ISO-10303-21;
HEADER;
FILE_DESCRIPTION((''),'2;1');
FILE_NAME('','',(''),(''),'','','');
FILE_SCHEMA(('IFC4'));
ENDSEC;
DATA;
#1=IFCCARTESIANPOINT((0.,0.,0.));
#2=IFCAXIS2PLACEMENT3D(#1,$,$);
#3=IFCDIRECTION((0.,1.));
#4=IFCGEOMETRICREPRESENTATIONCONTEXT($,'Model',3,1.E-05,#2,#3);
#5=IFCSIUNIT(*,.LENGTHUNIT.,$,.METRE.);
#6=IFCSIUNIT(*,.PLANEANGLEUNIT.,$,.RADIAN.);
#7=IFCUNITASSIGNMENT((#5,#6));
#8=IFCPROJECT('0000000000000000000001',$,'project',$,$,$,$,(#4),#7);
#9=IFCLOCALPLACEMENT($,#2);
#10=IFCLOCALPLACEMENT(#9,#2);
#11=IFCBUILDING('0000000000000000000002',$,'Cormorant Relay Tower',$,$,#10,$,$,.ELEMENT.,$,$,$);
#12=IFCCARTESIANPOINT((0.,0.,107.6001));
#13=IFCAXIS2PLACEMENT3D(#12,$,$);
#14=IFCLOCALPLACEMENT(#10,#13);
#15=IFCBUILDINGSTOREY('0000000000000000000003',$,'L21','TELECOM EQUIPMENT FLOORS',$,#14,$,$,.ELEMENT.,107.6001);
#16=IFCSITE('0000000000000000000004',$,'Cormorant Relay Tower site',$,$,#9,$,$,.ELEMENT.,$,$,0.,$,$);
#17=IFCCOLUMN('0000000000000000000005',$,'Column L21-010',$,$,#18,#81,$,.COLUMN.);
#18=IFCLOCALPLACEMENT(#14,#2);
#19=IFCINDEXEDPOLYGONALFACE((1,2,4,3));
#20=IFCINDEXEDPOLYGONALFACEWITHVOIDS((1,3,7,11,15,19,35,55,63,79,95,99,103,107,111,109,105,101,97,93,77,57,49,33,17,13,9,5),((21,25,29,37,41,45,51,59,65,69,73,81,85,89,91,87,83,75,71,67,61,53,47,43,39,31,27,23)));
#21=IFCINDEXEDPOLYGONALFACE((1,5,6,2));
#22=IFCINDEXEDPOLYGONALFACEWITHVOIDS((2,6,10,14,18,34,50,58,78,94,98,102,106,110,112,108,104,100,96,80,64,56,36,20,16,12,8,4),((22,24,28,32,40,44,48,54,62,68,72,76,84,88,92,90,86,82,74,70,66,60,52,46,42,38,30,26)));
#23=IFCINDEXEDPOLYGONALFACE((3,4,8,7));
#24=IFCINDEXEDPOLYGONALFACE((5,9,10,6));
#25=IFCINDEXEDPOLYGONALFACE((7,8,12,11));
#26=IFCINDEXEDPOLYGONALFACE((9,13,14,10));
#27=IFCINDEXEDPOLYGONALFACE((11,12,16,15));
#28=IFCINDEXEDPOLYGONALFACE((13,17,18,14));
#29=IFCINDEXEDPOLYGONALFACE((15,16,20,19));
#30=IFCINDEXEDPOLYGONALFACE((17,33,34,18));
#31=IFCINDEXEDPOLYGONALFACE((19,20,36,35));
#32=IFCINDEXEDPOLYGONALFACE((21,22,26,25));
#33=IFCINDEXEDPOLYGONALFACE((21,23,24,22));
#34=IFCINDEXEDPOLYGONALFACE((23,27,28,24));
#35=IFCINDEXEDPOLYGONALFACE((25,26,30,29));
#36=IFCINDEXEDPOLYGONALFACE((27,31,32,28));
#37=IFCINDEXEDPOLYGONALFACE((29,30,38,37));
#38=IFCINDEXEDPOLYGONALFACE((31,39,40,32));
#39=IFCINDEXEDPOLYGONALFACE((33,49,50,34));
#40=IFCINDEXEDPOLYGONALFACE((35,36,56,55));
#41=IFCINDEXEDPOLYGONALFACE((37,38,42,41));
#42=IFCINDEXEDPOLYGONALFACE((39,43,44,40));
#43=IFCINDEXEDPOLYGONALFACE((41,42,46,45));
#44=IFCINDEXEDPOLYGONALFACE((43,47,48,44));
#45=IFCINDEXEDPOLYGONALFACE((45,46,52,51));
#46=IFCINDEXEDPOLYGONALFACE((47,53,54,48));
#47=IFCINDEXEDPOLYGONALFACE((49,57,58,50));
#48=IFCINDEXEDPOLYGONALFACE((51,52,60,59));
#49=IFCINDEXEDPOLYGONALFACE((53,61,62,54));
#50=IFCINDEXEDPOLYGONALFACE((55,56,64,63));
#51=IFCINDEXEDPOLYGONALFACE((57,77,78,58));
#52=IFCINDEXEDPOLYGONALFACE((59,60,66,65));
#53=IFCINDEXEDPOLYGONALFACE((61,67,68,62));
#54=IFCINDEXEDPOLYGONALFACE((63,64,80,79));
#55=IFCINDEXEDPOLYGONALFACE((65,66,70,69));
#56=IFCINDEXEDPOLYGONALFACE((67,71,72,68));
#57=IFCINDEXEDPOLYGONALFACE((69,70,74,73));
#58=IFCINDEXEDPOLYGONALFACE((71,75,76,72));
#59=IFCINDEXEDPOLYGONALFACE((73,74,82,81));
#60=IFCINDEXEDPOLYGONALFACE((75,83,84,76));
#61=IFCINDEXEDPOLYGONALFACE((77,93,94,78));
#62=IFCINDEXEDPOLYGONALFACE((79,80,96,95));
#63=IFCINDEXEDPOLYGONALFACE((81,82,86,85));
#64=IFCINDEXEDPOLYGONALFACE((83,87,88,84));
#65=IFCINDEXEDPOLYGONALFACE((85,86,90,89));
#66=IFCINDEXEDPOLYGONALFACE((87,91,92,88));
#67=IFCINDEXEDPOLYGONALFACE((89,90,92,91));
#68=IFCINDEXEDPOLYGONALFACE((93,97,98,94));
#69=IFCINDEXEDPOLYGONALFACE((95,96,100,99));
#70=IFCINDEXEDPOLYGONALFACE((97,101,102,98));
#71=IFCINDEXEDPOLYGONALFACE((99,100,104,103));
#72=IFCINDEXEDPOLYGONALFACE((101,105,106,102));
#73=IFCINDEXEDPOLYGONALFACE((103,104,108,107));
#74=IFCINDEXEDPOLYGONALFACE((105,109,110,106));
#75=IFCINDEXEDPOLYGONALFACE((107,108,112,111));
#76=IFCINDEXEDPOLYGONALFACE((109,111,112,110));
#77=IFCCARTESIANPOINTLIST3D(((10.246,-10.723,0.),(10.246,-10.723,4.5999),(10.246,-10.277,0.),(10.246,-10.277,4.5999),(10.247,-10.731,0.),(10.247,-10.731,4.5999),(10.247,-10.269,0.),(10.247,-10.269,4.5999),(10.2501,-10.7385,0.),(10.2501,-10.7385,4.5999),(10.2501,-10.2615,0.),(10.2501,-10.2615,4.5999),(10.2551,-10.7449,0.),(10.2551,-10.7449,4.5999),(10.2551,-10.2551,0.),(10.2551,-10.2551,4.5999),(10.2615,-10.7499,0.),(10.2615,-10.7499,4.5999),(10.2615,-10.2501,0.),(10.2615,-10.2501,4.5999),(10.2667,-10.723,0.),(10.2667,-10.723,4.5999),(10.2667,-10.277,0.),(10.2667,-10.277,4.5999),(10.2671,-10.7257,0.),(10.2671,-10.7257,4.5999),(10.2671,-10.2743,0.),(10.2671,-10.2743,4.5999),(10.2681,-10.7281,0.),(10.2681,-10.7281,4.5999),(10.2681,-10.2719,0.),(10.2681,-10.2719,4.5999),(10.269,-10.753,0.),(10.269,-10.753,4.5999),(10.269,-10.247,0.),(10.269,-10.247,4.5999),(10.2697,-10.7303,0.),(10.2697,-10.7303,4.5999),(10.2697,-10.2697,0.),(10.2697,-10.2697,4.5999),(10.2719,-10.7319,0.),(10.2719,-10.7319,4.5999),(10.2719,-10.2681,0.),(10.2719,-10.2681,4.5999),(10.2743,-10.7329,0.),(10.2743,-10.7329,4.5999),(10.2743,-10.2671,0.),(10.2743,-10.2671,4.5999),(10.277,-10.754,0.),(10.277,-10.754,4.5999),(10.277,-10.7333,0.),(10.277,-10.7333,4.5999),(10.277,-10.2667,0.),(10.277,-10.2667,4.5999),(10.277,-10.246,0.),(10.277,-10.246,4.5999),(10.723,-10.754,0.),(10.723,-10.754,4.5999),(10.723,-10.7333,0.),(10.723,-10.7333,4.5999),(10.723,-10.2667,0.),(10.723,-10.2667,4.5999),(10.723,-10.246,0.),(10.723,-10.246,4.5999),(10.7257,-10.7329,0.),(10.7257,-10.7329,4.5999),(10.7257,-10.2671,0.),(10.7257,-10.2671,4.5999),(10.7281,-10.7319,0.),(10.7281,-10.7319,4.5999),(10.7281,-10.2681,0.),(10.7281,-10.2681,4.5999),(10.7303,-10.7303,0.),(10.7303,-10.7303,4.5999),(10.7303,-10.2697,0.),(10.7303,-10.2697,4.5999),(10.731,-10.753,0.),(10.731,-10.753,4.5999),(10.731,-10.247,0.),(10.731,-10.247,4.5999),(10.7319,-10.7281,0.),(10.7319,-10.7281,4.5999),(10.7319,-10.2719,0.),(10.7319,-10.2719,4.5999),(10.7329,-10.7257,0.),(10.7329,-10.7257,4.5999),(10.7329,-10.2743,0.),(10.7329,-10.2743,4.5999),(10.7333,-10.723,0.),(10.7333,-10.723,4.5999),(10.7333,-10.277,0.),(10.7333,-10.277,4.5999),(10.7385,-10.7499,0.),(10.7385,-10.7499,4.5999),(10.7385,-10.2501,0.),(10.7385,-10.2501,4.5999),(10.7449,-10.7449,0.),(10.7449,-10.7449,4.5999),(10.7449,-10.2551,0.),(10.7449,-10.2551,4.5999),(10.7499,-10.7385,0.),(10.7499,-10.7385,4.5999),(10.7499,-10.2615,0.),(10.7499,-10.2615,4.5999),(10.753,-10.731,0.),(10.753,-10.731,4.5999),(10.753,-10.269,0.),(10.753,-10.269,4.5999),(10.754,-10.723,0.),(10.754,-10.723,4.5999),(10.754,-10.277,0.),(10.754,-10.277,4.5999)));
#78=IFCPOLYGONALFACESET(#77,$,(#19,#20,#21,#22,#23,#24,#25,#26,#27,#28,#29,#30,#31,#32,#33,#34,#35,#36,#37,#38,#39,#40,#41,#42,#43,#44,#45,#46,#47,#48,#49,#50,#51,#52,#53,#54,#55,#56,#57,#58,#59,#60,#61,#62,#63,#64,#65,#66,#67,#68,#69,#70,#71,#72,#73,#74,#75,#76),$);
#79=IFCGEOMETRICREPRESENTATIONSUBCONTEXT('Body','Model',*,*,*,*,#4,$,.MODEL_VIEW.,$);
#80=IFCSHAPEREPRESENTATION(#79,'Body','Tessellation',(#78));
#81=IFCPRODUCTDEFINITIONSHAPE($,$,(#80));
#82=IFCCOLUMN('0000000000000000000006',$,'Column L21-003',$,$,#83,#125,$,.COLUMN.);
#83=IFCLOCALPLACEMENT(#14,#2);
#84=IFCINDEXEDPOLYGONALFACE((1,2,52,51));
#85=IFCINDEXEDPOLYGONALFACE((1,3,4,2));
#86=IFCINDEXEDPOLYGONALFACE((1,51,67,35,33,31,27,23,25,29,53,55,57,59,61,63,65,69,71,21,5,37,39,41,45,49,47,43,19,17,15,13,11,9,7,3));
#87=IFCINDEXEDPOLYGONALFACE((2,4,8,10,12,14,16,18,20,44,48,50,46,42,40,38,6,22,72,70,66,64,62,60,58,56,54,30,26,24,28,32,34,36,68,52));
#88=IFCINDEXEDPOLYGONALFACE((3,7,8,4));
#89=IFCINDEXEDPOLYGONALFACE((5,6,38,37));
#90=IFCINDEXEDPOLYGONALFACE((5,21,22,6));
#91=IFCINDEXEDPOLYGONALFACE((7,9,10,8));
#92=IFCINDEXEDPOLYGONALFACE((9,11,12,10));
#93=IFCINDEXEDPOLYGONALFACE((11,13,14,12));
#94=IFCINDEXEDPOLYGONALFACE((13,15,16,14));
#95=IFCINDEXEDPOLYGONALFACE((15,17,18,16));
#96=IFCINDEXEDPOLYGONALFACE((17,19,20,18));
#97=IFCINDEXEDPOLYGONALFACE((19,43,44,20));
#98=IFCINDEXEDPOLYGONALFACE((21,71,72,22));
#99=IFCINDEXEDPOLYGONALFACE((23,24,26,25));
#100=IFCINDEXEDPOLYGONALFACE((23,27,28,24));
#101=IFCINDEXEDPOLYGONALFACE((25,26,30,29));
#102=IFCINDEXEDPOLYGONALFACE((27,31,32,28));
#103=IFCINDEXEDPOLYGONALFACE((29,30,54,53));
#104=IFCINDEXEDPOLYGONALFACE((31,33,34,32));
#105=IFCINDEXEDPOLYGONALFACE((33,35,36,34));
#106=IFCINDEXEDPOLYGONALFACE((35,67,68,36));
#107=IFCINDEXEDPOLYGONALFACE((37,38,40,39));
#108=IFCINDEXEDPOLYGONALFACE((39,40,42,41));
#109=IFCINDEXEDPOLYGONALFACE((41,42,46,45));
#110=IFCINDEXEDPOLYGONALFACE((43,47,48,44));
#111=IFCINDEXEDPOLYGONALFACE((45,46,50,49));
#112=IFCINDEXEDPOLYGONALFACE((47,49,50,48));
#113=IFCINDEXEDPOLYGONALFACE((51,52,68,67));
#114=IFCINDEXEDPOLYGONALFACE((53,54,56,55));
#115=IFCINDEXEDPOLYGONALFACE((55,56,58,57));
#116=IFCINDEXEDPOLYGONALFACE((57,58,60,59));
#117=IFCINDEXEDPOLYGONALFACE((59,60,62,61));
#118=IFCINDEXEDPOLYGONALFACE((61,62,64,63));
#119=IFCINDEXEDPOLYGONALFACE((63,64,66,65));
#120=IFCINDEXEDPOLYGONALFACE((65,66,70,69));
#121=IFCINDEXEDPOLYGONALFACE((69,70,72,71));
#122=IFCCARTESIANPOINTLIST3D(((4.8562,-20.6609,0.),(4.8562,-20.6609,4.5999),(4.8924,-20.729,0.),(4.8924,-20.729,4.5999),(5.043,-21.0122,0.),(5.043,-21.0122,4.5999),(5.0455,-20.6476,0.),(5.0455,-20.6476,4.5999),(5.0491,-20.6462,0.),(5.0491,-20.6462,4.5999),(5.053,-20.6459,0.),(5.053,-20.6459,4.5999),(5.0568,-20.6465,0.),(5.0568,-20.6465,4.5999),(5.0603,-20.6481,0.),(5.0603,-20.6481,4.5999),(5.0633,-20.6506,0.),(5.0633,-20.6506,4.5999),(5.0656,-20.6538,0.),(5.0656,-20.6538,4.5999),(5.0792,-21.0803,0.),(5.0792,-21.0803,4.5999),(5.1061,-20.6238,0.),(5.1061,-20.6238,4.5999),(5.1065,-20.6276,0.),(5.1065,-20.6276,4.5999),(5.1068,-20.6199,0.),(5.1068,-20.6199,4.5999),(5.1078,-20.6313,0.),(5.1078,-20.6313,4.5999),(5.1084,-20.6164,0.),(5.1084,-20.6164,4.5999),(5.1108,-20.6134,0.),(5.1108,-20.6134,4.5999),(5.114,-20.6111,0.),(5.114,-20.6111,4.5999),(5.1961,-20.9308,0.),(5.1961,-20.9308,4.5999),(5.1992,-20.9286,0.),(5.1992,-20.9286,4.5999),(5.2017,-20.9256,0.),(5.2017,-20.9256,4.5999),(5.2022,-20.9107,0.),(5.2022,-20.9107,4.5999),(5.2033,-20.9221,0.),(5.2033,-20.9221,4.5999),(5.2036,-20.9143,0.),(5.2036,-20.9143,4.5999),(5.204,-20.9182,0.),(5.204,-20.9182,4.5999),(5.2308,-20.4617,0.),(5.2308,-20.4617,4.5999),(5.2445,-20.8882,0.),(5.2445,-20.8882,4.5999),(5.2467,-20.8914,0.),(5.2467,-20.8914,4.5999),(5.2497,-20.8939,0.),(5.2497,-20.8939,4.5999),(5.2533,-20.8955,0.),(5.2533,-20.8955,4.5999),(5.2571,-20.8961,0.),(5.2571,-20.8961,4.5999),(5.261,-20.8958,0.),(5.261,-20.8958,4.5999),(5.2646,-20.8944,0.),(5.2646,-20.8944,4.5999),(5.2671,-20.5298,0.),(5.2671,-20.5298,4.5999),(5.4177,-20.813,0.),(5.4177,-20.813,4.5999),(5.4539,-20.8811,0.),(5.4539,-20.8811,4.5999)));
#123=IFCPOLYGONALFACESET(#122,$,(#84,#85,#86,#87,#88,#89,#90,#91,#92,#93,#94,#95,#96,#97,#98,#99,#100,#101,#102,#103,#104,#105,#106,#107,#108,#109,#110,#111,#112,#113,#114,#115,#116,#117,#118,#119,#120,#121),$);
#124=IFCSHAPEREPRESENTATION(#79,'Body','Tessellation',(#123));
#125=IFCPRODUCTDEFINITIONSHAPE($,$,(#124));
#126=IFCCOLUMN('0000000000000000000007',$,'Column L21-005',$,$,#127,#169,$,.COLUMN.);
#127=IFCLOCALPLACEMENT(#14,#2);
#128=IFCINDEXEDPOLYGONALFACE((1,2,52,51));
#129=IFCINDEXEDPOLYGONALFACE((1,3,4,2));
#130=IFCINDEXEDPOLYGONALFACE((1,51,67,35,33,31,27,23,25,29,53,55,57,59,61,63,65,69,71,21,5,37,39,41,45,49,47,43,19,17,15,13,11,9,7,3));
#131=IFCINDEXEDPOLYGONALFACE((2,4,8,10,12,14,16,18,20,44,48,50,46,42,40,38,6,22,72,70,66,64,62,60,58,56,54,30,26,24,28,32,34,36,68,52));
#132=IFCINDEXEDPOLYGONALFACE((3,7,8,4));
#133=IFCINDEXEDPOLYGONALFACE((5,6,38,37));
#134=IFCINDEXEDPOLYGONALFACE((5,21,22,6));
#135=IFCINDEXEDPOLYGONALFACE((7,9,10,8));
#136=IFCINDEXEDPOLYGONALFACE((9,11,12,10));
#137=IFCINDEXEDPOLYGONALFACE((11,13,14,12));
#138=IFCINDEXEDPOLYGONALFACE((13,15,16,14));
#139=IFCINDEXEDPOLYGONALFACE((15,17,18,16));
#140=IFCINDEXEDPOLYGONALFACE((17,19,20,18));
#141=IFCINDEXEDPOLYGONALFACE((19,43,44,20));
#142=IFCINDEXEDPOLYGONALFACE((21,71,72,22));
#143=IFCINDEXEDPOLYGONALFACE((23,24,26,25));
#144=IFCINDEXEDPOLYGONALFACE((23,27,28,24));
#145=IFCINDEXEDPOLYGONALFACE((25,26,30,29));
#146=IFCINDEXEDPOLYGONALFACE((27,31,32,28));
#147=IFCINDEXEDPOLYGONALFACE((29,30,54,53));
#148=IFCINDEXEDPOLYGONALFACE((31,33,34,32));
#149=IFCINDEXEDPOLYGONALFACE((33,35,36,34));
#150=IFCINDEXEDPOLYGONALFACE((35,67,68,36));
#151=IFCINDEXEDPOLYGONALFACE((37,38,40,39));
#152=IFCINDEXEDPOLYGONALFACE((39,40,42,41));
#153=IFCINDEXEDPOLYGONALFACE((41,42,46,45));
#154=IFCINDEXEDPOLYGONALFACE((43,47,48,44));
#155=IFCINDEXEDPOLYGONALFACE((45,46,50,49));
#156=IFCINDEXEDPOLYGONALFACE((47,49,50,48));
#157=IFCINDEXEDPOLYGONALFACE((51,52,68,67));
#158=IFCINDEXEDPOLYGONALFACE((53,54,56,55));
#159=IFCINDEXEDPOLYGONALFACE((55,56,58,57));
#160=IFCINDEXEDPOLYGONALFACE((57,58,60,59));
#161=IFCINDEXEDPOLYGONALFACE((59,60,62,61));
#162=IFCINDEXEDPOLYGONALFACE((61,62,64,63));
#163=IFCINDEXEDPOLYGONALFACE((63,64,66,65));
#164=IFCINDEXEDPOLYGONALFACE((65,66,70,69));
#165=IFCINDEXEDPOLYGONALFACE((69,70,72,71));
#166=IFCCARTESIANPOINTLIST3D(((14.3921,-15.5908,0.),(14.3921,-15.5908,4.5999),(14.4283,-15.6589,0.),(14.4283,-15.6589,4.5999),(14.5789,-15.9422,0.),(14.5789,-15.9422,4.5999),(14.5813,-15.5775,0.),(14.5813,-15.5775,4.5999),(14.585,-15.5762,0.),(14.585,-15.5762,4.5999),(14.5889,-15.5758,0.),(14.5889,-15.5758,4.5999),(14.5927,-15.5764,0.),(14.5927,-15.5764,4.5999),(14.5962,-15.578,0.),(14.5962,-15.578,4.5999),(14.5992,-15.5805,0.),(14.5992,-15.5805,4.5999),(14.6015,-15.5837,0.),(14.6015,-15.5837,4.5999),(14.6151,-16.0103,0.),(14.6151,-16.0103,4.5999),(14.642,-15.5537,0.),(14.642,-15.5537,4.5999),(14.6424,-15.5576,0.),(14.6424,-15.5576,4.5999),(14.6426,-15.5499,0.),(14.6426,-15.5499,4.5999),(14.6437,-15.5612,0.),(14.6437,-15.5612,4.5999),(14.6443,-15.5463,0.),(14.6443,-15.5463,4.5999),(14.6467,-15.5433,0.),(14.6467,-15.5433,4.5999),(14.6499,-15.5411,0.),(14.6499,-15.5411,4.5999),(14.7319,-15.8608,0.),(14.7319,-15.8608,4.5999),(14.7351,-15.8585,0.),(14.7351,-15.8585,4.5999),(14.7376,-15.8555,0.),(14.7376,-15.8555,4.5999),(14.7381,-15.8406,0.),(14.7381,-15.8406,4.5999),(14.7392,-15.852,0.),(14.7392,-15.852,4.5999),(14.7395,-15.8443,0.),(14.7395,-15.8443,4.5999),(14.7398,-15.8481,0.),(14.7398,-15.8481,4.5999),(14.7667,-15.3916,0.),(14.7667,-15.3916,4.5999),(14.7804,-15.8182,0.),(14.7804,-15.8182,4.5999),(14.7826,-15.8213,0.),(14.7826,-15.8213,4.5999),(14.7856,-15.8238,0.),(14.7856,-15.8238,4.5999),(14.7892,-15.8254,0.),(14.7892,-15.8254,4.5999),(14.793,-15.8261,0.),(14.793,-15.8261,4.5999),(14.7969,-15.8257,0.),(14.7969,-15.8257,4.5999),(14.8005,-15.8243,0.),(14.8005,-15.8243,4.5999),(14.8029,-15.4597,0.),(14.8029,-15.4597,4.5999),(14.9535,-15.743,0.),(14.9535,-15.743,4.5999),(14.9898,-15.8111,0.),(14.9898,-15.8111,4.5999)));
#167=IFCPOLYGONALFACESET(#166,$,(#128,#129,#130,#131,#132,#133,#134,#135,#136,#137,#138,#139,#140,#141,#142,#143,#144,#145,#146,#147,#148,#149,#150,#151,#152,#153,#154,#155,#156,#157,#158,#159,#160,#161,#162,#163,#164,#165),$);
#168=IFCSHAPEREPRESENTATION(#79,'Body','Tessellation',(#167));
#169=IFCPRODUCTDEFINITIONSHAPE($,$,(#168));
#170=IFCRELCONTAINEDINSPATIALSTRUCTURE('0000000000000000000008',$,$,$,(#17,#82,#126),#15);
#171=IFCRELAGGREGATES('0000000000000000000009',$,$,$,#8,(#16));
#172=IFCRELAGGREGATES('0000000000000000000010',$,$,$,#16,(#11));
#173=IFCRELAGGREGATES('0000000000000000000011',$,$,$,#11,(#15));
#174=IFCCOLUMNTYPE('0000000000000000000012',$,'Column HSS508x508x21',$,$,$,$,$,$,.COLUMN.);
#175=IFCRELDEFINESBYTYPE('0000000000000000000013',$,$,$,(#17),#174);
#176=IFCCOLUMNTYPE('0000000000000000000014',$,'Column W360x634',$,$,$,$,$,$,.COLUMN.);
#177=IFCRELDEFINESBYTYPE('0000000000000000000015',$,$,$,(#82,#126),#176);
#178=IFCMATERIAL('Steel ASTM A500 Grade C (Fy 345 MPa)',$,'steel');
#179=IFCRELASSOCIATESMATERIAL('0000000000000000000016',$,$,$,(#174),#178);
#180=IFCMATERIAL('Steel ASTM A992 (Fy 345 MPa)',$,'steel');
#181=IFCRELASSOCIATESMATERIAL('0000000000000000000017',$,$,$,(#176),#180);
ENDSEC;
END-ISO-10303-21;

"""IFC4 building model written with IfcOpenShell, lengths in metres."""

from ifc_helpers import new_model, si_unit, direction, frame, origin, origin_2d, place, context, subcontext, project, spatial, hollow_rectangle, i_section, extrude, material, material_profile, profile_set, type_object, element, save


model = new_model("IFC4")

# Units and contexts
model_context = context("Model", 3, precision=1e-05, world=origin(), true_north=direction((0.0, 1.0)))
body_context = subcontext(model_context, "Body", "Model", "MODEL_VIEW")
ifc_project = project(units=[si_unit("LENGTHUNIT", "METRE"), si_unit("PLANEANGLEUNIT", "RADIAN")], contexts=[model_context])

# Site, building, storey
site_placement = place(None, origin())
site = spatial("IfcSite", under=ifc_project, at=site_placement, Name="Cormorant Relay Tower site", CompositionType="ELEMENT", RefElevation=0.0)
building_placement = place(site_placement, origin())
building = spatial("IfcBuilding", under=site, at=building_placement, Name="Cormorant Relay Tower", CompositionType="ELEMENT")
storey_placement = place(building_placement, frame((0.0, 0.0, 107.6001)))
storey = spatial("IfcBuildingStorey", under=building, at=storey_placement, Name="L21", Description="TELECOM EQUIPMENT FLOORS", CompositionType="ELEMENT", Elevation=107.6001)

# Columns
ifc_material_1 = material(Name="Steel ASTM A500 Grade C (Fy 345 MPa)", Category="steel")
ifc_material_profile_1 = material_profile(ifc_material_1, hollow_rectangle(XDim=0.5081, YDim=0.5081, WallThickness=0.0208, InnerFilletRadius=0.0103, OuterFilletRadius=0.031, at=origin_2d()), Name="HSS508x508x21")
ifc_profile_set_1 = profile_set([ifc_material_profile_1], Name="Steel ASTM A500 Grade C (Fy 345 MPa)")
column_type_1 = type_object("IfcColumnType", Name="Column HSS508x508x21", PredefinedType="COLUMN", material=ifc_profile_set_1)
column_1_placement = place(storey_placement, frame((10.5, -10.5, 0.0), z_axis=(0.0, 0.0, 1.0), x_axis=(1.0, 0.0, 0.0)))
element("IfcColumn", 1, at=column_1_placement, inside=storey, type_object=column_type_1, Name="Column L21-010", PredefinedType="COLUMN", context=body_context, shape_type="SweptSolid", body=[
    extrude(hollow_rectangle(XDim=0.5081, YDim=0.5081, WallThickness=0.0208, InnerFilletRadius=0.0103, OuterFilletRadius=0.031, at=origin_2d()), origin(), (0.0, 0.0, 1.0), 4.5999),
])
ifc_material_2 = material(Name="Steel ASTM A992 (Fy 345 MPa)", Category="steel")
ifc_material_profile_2 = material_profile(ifc_material_2, i_section(OverallWidth=0.4243, OverallDepth=0.4751, WebThickness=0.0479, FlangeThickness=0.0771, FilletRadius=0.0149, at=origin_2d()), Name="W360x634")
ifc_profile_set_2 = profile_set([ifc_material_profile_2], Name="Steel ASTM A992 (Fy 345 MPa)")
column_type_2 = type_object("IfcColumnType", Name="Column W360x634", PredefinedType="COLUMN", material=ifc_profile_set_2)
for number, where, z_axis, x_axis, name in (
    (2, (5.155, -20.771, 0.0), (0.0, 0.0, 1.0), (0.882948, 0.469472, 0.0), "Column L21-003"),
    (3, (14.6909, -15.7009, 0.0), (0.0, 0.0, 1.0), (0.882948, 0.469472, 0.0), "Column L21-005"),
):
    element("IfcColumn", number, at=place(storey_placement, frame(where, z_axis=z_axis, x_axis=x_axis)), inside=storey, type_object=column_type_2, Name=name, PredefinedType="COLUMN", context=body_context, shape_type="SweptSolid", body=[
        extrude(i_section(OverallWidth=0.4243, OverallDepth=0.4751, WebThickness=0.0479, FlangeThickness=0.0771, FilletRadius=0.0149, at=origin_2d()), origin(), (0.0, 0.0, 1.0), 4.5999),
    ])

save(model, "model.ifc")
